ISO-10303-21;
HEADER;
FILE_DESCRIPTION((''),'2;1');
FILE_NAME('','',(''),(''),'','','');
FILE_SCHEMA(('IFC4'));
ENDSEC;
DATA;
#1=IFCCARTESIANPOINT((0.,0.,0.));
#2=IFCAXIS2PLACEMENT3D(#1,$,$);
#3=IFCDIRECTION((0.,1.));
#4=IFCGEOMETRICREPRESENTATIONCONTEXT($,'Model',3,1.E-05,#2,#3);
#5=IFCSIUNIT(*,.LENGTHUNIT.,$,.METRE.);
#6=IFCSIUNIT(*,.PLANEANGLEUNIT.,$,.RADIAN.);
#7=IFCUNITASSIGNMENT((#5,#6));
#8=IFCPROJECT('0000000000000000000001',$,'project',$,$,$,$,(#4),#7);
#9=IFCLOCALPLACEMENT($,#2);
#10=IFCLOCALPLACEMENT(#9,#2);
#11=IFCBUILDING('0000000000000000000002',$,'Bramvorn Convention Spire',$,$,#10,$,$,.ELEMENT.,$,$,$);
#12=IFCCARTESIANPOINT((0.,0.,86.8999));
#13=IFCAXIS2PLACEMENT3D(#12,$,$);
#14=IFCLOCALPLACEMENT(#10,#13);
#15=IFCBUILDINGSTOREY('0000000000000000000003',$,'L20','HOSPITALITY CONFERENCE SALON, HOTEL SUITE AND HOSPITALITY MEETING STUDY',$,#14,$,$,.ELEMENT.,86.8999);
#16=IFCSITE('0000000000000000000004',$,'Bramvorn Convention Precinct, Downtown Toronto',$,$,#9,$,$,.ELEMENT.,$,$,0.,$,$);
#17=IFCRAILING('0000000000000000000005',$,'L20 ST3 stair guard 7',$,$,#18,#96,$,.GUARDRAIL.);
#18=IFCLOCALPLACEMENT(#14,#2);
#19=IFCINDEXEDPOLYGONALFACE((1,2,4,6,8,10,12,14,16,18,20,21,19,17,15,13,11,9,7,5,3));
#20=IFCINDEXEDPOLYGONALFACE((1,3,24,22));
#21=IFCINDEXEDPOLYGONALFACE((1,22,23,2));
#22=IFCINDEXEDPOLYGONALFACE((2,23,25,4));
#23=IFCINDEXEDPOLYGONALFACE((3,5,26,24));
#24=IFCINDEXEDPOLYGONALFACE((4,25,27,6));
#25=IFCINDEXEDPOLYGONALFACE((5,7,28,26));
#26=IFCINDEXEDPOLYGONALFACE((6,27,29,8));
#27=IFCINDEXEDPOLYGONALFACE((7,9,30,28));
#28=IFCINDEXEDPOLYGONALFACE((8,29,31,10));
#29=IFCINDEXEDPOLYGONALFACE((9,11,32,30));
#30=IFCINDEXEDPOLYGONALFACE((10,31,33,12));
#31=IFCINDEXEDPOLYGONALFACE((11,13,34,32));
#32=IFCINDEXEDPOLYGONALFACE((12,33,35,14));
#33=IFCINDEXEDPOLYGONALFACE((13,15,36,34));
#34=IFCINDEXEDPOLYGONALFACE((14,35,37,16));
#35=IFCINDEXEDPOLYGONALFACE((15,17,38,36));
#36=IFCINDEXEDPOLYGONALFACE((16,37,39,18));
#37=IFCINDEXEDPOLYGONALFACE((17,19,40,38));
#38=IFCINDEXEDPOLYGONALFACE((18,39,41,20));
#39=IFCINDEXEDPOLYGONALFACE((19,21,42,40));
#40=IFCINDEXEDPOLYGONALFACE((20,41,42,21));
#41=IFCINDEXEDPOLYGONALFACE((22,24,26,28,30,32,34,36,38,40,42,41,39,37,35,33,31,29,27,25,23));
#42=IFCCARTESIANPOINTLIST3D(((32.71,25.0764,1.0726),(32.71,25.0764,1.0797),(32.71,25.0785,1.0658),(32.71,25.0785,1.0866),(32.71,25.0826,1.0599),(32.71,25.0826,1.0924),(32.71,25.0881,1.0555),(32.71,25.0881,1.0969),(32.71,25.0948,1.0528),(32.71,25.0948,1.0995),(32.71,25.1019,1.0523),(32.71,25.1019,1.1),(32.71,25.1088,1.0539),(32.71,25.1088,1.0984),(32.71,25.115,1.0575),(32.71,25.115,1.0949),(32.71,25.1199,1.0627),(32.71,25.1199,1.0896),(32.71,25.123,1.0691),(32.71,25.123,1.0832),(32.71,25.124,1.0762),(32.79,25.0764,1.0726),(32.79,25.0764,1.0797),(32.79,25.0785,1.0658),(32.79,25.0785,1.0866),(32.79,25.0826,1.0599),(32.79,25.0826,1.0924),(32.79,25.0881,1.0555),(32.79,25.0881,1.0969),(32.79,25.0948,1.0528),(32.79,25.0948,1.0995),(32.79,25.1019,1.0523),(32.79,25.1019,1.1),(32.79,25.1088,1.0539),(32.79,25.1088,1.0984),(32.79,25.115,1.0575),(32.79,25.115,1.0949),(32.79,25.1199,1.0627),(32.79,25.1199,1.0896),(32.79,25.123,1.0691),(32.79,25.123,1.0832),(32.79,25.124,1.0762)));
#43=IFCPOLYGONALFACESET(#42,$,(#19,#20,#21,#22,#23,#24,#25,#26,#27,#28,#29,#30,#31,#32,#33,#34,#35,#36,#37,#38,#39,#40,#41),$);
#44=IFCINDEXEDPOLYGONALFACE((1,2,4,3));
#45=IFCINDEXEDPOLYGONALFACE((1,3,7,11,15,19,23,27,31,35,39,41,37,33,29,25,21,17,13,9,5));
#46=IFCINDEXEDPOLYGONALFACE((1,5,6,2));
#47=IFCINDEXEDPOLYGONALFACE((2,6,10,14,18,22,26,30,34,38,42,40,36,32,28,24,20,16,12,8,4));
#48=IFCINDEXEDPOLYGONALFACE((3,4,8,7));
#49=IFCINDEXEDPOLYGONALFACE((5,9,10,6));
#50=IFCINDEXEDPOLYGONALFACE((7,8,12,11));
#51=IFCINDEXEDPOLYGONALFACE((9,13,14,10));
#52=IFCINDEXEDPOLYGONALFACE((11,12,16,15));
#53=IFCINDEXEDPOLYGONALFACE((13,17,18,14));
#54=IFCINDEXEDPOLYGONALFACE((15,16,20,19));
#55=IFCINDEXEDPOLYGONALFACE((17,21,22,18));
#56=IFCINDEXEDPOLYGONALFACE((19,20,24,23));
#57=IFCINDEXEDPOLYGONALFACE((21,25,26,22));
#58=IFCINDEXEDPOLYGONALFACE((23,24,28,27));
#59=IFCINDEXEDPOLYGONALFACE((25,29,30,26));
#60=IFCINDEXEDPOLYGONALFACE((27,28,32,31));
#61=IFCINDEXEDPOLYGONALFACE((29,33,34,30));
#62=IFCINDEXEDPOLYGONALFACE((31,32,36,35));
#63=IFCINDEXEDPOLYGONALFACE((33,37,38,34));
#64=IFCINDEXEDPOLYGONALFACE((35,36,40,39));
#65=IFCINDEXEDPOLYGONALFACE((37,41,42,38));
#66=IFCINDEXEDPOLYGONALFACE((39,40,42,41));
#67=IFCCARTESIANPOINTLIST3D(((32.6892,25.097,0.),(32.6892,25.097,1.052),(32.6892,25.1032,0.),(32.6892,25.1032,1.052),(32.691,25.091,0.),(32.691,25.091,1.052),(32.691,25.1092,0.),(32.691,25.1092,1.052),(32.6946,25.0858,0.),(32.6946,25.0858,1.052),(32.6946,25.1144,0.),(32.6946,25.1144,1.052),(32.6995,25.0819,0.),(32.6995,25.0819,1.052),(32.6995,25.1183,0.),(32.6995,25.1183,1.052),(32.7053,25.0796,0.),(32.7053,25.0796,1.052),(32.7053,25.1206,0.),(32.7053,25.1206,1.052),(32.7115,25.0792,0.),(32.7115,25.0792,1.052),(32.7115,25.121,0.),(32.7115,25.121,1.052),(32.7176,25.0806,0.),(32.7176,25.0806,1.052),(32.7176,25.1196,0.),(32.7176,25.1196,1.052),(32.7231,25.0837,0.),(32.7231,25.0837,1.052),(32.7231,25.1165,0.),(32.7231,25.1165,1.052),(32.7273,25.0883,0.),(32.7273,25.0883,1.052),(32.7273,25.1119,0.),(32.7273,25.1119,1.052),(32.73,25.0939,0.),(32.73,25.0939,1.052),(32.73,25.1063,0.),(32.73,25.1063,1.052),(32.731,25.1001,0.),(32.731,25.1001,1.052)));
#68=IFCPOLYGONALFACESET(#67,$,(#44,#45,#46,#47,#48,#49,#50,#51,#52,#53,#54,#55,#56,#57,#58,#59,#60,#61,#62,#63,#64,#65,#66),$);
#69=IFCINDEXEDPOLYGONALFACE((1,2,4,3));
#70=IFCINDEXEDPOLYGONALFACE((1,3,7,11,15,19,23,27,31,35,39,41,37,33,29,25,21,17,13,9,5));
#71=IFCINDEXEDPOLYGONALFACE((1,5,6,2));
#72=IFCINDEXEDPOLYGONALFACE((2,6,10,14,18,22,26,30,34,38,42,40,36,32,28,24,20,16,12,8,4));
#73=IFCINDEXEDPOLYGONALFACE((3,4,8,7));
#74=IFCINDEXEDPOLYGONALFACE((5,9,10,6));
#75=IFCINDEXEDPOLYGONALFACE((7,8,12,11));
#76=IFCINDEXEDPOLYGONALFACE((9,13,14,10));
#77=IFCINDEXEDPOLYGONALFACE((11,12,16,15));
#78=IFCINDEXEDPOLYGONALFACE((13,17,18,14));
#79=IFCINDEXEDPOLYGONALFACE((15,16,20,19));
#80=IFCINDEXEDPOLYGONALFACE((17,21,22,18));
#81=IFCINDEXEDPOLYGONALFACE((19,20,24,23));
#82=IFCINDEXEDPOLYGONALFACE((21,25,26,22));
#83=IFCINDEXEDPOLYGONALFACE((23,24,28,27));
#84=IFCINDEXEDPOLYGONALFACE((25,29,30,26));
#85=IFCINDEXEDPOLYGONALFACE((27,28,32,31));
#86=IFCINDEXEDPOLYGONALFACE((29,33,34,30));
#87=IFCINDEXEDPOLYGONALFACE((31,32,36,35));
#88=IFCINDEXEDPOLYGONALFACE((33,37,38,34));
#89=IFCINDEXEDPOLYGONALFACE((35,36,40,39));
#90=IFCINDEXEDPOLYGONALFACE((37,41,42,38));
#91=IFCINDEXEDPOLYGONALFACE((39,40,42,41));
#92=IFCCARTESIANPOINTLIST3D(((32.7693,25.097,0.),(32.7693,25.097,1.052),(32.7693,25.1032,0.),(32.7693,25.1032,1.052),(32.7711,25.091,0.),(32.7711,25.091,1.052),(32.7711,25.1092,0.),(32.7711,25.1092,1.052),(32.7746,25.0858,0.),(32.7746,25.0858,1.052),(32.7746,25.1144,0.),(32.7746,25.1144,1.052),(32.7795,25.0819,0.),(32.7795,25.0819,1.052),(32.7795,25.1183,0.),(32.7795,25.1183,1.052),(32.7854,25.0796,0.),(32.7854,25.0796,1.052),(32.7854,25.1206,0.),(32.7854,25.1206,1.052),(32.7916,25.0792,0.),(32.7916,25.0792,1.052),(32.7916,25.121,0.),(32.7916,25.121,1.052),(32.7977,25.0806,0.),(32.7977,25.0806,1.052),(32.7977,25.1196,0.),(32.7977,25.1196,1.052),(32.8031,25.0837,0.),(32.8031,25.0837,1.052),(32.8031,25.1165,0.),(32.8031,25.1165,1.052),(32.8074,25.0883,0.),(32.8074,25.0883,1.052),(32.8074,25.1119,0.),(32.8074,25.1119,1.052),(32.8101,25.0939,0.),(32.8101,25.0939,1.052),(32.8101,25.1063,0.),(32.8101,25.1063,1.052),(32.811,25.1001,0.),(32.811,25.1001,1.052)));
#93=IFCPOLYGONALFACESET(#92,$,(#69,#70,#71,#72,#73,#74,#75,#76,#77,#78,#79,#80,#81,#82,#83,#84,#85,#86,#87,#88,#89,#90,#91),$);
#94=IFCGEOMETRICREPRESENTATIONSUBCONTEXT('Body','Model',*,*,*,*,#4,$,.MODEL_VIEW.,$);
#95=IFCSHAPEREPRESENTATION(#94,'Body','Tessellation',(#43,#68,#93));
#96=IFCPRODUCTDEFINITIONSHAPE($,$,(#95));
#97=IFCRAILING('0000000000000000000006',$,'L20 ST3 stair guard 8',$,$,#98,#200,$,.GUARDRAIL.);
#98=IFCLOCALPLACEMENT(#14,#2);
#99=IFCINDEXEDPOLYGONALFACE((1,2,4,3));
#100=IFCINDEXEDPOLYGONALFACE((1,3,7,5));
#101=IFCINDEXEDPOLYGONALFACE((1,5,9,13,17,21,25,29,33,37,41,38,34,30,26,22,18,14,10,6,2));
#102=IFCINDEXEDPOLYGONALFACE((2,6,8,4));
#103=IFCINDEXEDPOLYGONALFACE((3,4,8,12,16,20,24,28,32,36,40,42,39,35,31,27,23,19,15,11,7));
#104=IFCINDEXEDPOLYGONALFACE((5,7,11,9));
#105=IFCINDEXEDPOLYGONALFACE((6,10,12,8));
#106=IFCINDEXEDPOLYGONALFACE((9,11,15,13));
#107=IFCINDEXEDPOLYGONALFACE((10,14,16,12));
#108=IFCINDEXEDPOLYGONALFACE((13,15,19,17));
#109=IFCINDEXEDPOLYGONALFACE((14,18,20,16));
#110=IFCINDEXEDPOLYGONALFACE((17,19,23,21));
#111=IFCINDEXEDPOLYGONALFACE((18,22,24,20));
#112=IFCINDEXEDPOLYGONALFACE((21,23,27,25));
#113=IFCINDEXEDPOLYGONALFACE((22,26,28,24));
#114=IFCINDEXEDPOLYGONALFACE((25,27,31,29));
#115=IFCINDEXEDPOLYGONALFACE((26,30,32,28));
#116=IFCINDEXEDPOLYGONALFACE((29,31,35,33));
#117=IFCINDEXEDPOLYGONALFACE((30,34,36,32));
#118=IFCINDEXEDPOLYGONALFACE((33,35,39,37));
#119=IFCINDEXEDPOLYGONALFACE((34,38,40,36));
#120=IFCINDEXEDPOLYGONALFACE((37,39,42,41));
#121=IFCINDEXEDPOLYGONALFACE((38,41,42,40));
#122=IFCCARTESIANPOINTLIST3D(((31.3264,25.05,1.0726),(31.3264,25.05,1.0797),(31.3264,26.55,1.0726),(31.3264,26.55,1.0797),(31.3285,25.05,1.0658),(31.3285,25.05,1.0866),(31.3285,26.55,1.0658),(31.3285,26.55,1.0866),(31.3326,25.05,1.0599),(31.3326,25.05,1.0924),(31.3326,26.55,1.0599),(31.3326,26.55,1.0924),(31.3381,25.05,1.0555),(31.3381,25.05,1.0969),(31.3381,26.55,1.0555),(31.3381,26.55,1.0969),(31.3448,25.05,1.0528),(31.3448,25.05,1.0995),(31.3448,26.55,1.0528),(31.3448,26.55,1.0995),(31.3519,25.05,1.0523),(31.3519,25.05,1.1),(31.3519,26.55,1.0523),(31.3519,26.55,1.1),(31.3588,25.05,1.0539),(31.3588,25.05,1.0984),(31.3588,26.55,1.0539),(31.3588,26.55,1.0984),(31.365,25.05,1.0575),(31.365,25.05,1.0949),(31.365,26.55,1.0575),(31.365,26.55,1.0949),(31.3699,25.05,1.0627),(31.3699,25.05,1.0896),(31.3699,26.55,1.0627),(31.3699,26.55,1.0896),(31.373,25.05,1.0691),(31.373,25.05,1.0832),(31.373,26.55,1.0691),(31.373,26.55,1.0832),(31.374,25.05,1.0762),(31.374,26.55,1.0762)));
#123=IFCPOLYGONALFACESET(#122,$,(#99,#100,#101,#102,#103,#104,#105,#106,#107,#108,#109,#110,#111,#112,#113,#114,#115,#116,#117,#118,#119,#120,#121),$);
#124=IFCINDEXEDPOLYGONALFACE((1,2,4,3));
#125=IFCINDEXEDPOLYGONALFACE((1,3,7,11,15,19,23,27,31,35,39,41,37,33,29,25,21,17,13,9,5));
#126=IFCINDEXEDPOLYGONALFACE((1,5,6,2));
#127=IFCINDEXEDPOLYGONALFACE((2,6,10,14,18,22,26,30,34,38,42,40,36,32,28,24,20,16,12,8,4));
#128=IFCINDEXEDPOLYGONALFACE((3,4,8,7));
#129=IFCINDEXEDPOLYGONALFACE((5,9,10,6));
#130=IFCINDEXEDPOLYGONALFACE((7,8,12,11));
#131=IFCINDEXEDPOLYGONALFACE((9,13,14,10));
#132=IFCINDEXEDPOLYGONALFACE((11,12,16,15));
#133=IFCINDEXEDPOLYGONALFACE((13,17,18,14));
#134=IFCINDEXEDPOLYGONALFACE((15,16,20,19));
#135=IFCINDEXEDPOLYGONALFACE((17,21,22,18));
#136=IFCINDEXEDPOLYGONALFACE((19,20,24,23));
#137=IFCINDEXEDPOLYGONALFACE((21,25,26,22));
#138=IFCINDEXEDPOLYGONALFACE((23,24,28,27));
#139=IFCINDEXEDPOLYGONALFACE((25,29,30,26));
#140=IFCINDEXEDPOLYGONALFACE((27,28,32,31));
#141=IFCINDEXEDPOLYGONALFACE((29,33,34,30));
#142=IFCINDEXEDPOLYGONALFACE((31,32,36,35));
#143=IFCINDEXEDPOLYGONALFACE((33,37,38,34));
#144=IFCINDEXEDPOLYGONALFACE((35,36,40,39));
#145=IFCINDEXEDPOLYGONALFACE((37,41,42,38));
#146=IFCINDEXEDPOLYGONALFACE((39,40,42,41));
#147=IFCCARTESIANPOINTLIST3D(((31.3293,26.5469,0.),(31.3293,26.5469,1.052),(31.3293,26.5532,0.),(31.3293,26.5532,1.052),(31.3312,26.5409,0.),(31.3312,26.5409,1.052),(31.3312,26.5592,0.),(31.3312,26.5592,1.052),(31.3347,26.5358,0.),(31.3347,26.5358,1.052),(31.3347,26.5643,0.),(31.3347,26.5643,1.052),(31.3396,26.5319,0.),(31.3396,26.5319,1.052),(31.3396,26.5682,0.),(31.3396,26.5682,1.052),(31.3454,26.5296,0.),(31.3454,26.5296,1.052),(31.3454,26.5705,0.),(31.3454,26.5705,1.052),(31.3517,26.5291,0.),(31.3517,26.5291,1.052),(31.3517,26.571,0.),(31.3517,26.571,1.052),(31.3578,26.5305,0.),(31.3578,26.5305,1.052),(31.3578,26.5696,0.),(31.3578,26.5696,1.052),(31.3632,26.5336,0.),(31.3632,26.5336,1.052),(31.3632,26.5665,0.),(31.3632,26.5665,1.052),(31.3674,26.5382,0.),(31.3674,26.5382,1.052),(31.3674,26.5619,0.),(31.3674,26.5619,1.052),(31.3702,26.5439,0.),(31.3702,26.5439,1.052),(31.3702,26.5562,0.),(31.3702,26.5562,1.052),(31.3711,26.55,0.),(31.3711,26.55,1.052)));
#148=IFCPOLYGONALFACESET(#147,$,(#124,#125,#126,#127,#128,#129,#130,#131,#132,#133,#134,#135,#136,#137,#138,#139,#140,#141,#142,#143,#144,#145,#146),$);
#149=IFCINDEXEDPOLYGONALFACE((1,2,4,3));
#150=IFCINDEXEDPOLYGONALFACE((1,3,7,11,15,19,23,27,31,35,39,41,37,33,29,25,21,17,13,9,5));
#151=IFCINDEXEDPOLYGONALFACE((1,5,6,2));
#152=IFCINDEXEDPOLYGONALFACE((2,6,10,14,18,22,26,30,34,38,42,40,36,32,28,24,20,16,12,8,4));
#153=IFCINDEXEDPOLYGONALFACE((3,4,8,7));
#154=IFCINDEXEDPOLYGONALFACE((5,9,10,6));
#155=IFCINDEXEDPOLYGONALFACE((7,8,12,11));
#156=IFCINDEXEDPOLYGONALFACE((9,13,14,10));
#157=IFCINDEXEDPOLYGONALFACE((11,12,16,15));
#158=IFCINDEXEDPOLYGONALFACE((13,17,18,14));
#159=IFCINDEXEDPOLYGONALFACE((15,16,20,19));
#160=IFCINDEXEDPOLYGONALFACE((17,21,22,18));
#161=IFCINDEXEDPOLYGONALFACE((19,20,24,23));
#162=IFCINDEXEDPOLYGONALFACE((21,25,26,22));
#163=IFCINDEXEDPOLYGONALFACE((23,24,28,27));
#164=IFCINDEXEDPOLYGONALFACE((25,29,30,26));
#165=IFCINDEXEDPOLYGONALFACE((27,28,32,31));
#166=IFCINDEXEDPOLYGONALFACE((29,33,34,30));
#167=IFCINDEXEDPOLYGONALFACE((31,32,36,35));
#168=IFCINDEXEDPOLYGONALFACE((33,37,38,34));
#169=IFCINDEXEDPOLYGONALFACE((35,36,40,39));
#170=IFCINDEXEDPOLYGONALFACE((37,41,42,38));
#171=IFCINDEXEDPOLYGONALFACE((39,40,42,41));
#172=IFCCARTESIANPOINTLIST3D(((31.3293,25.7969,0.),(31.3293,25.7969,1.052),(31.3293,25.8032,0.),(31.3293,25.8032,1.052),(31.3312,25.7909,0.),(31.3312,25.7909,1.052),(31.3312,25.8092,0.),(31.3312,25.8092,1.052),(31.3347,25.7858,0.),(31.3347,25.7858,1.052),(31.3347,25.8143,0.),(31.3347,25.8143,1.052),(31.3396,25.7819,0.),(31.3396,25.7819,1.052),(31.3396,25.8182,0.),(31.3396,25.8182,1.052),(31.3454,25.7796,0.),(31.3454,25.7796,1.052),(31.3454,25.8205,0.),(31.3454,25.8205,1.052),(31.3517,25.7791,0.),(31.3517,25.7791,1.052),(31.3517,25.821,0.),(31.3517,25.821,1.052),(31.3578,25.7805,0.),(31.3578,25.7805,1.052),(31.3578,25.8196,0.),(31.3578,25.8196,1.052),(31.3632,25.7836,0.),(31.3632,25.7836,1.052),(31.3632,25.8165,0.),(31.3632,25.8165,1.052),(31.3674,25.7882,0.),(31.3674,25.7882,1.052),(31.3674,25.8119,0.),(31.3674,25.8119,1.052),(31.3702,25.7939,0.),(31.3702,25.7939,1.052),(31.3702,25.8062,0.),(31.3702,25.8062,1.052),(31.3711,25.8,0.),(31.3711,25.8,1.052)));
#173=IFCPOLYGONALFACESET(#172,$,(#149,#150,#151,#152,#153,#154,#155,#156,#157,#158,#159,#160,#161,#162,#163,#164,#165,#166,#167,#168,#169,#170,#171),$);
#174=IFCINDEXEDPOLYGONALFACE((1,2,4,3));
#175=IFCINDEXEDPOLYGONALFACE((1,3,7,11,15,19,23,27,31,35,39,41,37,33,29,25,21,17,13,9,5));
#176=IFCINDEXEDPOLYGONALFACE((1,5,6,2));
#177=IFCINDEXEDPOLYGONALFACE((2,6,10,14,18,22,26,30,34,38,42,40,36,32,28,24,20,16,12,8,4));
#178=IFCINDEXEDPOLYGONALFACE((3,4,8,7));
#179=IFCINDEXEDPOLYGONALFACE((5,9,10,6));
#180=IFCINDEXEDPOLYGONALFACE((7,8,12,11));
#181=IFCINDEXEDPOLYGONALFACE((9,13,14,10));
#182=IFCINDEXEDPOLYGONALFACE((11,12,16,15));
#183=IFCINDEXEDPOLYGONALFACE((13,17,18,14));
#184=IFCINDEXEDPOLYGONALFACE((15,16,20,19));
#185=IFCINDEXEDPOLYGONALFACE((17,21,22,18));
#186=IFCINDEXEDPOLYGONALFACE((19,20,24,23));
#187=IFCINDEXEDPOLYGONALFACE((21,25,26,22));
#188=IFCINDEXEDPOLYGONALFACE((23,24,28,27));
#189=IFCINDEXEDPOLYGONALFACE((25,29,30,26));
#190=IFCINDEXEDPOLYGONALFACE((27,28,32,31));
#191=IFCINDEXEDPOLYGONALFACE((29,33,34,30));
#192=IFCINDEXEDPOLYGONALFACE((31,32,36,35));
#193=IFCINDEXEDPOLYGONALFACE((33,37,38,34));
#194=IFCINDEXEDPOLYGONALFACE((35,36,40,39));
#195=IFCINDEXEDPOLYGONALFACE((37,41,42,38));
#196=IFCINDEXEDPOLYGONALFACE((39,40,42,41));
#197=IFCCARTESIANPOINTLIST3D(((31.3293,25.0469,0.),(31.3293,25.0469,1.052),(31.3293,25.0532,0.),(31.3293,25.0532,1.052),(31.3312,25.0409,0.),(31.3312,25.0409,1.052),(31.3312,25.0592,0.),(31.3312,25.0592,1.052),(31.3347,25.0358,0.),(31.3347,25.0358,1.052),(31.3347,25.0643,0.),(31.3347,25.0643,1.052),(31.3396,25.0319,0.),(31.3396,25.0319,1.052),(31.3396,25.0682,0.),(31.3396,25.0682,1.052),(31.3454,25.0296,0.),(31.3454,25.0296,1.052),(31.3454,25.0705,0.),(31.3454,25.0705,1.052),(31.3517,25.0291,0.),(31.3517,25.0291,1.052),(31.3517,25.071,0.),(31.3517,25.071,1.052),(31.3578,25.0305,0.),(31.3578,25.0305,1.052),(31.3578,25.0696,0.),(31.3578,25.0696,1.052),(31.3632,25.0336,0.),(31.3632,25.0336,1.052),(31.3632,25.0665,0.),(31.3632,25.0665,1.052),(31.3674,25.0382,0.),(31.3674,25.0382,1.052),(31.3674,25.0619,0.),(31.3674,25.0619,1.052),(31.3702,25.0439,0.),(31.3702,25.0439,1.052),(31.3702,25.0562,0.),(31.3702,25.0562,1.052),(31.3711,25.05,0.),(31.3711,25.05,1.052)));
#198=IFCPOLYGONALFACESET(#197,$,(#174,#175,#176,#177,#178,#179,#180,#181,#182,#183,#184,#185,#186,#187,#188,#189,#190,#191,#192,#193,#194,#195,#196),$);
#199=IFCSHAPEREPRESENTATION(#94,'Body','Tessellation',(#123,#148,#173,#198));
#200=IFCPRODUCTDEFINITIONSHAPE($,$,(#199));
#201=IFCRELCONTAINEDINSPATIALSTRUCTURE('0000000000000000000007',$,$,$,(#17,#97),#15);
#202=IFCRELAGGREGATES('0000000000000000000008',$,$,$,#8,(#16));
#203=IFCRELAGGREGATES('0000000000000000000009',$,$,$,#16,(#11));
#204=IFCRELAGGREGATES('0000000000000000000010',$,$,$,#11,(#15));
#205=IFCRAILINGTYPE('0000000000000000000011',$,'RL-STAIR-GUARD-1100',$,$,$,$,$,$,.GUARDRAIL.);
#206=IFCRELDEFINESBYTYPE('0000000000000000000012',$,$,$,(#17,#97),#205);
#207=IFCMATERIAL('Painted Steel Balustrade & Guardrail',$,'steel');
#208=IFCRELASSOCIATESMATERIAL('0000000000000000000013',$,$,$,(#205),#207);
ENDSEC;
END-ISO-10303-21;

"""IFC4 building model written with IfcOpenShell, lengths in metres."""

from ifc_helpers import new_model, si_unit, direction, frame, origin, origin_2d, place, context, subcontext, project, spatial, circle, extrude, material, type_object, element, save


model = new_model("IFC4")

# Units and contexts
model_context = context("Model", 3, precision=1e-05, world=origin(), true_north=direction((0.0, 1.0)))
body_context = subcontext(model_context, "Body", "Model", "MODEL_VIEW")
ifc_project = project(units=[si_unit("LENGTHUNIT", "METRE"), si_unit("PLANEANGLEUNIT", "RADIAN")], contexts=[model_context])

# Site, building, storey
site_placement = place(None, origin())
site = spatial("IfcSite", under=ifc_project, at=site_placement, Name="Bramvorn Convention Precinct, Downtown Toronto", CompositionType="ELEMENT", RefElevation=0.0)
building_placement = place(site_placement, origin())
building = spatial("IfcBuilding", under=site, at=building_placement, Name="Bramvorn Convention Spire", CompositionType="ELEMENT")
storey_placement = place(building_placement, frame((0.0, 0.0, 86.8999)))
storey = spatial("IfcBuildingStorey", under=building, at=storey_placement, Name="L20", Description="HOSPITALITY CONFERENCE SALON, HOTEL SUITE AND HOSPITALITY MEETING STUDY", CompositionType="ELEMENT", Elevation=86.8999)

# Railings
ifc_material_1 = material(Name="Painted Steel Balustrade & Guardrail", Category="steel")
railing_type_1 = type_object("IfcRailingType", Name="RL-STAIR-GUARD-1100", PredefinedType="GUARDRAIL", material=ifc_material_1)
railing_1_placement = place(storey_placement, frame((32.71, 25.1001, 0.0)))
element("IfcRailing", 1, at=railing_1_placement, inside=storey, type_object=railing_type_1, Name="L20 ST3 stair guard 7", PredefinedType="GUARDRAIL", context=body_context, shape_type="SweptSolid", body=[
    extrude(circle(Radius=0.0239, at=origin_2d()), frame((0.0, 0.0, 1.0762), z_axis=(1.0, 0.0, 0.0), x_axis=(0.0, 1.0, 0.0)), (0.0, 0.0, 1.0), 0.0801),
    extrude(circle(Radius=0.021, at=origin_2d()), origin(), (0.0, 0.0, 1.0), 1.052),
    extrude(circle(Radius=0.021, at=origin_2d()), frame((0.0801, 0.0, 0.0)), (0.0, 0.0, 1.0), 1.052),
])
for number, where, name in (
    (2, (31.3501, 26.55, 0.0), "L20 ST3 stair guard 8"),
):
    element("IfcRailing", number, at=place(storey_placement, frame(where)), inside=storey, type_object=railing_type_1, Name=name, PredefinedType="GUARDRAIL", context=body_context, shape_type="SweptSolid", body=[
        extrude(circle(Radius=0.0239, at=origin_2d()), frame((0.0, 0.0, 1.0762), z_axis=(0.0, -1.0, 0.0), x_axis=(1.0, 0.0, 0.0)), (0.0, 0.0, 1.0), 1.5),
        extrude(circle(Radius=0.021, at=origin_2d()), origin(), (0.0, 0.0, 1.0), 1.052),
        extrude(circle(Radius=0.021, at=origin_2d()), frame((0.0, -0.75, 0.0)), (0.0, 0.0, 1.0), 1.052),
        extrude(circle(Radius=0.021, at=origin_2d()), frame((0.0, -1.5, 0.0)), (0.0, 0.0, 1.0), 1.052),
    ])

save(model, "model.ifc")
